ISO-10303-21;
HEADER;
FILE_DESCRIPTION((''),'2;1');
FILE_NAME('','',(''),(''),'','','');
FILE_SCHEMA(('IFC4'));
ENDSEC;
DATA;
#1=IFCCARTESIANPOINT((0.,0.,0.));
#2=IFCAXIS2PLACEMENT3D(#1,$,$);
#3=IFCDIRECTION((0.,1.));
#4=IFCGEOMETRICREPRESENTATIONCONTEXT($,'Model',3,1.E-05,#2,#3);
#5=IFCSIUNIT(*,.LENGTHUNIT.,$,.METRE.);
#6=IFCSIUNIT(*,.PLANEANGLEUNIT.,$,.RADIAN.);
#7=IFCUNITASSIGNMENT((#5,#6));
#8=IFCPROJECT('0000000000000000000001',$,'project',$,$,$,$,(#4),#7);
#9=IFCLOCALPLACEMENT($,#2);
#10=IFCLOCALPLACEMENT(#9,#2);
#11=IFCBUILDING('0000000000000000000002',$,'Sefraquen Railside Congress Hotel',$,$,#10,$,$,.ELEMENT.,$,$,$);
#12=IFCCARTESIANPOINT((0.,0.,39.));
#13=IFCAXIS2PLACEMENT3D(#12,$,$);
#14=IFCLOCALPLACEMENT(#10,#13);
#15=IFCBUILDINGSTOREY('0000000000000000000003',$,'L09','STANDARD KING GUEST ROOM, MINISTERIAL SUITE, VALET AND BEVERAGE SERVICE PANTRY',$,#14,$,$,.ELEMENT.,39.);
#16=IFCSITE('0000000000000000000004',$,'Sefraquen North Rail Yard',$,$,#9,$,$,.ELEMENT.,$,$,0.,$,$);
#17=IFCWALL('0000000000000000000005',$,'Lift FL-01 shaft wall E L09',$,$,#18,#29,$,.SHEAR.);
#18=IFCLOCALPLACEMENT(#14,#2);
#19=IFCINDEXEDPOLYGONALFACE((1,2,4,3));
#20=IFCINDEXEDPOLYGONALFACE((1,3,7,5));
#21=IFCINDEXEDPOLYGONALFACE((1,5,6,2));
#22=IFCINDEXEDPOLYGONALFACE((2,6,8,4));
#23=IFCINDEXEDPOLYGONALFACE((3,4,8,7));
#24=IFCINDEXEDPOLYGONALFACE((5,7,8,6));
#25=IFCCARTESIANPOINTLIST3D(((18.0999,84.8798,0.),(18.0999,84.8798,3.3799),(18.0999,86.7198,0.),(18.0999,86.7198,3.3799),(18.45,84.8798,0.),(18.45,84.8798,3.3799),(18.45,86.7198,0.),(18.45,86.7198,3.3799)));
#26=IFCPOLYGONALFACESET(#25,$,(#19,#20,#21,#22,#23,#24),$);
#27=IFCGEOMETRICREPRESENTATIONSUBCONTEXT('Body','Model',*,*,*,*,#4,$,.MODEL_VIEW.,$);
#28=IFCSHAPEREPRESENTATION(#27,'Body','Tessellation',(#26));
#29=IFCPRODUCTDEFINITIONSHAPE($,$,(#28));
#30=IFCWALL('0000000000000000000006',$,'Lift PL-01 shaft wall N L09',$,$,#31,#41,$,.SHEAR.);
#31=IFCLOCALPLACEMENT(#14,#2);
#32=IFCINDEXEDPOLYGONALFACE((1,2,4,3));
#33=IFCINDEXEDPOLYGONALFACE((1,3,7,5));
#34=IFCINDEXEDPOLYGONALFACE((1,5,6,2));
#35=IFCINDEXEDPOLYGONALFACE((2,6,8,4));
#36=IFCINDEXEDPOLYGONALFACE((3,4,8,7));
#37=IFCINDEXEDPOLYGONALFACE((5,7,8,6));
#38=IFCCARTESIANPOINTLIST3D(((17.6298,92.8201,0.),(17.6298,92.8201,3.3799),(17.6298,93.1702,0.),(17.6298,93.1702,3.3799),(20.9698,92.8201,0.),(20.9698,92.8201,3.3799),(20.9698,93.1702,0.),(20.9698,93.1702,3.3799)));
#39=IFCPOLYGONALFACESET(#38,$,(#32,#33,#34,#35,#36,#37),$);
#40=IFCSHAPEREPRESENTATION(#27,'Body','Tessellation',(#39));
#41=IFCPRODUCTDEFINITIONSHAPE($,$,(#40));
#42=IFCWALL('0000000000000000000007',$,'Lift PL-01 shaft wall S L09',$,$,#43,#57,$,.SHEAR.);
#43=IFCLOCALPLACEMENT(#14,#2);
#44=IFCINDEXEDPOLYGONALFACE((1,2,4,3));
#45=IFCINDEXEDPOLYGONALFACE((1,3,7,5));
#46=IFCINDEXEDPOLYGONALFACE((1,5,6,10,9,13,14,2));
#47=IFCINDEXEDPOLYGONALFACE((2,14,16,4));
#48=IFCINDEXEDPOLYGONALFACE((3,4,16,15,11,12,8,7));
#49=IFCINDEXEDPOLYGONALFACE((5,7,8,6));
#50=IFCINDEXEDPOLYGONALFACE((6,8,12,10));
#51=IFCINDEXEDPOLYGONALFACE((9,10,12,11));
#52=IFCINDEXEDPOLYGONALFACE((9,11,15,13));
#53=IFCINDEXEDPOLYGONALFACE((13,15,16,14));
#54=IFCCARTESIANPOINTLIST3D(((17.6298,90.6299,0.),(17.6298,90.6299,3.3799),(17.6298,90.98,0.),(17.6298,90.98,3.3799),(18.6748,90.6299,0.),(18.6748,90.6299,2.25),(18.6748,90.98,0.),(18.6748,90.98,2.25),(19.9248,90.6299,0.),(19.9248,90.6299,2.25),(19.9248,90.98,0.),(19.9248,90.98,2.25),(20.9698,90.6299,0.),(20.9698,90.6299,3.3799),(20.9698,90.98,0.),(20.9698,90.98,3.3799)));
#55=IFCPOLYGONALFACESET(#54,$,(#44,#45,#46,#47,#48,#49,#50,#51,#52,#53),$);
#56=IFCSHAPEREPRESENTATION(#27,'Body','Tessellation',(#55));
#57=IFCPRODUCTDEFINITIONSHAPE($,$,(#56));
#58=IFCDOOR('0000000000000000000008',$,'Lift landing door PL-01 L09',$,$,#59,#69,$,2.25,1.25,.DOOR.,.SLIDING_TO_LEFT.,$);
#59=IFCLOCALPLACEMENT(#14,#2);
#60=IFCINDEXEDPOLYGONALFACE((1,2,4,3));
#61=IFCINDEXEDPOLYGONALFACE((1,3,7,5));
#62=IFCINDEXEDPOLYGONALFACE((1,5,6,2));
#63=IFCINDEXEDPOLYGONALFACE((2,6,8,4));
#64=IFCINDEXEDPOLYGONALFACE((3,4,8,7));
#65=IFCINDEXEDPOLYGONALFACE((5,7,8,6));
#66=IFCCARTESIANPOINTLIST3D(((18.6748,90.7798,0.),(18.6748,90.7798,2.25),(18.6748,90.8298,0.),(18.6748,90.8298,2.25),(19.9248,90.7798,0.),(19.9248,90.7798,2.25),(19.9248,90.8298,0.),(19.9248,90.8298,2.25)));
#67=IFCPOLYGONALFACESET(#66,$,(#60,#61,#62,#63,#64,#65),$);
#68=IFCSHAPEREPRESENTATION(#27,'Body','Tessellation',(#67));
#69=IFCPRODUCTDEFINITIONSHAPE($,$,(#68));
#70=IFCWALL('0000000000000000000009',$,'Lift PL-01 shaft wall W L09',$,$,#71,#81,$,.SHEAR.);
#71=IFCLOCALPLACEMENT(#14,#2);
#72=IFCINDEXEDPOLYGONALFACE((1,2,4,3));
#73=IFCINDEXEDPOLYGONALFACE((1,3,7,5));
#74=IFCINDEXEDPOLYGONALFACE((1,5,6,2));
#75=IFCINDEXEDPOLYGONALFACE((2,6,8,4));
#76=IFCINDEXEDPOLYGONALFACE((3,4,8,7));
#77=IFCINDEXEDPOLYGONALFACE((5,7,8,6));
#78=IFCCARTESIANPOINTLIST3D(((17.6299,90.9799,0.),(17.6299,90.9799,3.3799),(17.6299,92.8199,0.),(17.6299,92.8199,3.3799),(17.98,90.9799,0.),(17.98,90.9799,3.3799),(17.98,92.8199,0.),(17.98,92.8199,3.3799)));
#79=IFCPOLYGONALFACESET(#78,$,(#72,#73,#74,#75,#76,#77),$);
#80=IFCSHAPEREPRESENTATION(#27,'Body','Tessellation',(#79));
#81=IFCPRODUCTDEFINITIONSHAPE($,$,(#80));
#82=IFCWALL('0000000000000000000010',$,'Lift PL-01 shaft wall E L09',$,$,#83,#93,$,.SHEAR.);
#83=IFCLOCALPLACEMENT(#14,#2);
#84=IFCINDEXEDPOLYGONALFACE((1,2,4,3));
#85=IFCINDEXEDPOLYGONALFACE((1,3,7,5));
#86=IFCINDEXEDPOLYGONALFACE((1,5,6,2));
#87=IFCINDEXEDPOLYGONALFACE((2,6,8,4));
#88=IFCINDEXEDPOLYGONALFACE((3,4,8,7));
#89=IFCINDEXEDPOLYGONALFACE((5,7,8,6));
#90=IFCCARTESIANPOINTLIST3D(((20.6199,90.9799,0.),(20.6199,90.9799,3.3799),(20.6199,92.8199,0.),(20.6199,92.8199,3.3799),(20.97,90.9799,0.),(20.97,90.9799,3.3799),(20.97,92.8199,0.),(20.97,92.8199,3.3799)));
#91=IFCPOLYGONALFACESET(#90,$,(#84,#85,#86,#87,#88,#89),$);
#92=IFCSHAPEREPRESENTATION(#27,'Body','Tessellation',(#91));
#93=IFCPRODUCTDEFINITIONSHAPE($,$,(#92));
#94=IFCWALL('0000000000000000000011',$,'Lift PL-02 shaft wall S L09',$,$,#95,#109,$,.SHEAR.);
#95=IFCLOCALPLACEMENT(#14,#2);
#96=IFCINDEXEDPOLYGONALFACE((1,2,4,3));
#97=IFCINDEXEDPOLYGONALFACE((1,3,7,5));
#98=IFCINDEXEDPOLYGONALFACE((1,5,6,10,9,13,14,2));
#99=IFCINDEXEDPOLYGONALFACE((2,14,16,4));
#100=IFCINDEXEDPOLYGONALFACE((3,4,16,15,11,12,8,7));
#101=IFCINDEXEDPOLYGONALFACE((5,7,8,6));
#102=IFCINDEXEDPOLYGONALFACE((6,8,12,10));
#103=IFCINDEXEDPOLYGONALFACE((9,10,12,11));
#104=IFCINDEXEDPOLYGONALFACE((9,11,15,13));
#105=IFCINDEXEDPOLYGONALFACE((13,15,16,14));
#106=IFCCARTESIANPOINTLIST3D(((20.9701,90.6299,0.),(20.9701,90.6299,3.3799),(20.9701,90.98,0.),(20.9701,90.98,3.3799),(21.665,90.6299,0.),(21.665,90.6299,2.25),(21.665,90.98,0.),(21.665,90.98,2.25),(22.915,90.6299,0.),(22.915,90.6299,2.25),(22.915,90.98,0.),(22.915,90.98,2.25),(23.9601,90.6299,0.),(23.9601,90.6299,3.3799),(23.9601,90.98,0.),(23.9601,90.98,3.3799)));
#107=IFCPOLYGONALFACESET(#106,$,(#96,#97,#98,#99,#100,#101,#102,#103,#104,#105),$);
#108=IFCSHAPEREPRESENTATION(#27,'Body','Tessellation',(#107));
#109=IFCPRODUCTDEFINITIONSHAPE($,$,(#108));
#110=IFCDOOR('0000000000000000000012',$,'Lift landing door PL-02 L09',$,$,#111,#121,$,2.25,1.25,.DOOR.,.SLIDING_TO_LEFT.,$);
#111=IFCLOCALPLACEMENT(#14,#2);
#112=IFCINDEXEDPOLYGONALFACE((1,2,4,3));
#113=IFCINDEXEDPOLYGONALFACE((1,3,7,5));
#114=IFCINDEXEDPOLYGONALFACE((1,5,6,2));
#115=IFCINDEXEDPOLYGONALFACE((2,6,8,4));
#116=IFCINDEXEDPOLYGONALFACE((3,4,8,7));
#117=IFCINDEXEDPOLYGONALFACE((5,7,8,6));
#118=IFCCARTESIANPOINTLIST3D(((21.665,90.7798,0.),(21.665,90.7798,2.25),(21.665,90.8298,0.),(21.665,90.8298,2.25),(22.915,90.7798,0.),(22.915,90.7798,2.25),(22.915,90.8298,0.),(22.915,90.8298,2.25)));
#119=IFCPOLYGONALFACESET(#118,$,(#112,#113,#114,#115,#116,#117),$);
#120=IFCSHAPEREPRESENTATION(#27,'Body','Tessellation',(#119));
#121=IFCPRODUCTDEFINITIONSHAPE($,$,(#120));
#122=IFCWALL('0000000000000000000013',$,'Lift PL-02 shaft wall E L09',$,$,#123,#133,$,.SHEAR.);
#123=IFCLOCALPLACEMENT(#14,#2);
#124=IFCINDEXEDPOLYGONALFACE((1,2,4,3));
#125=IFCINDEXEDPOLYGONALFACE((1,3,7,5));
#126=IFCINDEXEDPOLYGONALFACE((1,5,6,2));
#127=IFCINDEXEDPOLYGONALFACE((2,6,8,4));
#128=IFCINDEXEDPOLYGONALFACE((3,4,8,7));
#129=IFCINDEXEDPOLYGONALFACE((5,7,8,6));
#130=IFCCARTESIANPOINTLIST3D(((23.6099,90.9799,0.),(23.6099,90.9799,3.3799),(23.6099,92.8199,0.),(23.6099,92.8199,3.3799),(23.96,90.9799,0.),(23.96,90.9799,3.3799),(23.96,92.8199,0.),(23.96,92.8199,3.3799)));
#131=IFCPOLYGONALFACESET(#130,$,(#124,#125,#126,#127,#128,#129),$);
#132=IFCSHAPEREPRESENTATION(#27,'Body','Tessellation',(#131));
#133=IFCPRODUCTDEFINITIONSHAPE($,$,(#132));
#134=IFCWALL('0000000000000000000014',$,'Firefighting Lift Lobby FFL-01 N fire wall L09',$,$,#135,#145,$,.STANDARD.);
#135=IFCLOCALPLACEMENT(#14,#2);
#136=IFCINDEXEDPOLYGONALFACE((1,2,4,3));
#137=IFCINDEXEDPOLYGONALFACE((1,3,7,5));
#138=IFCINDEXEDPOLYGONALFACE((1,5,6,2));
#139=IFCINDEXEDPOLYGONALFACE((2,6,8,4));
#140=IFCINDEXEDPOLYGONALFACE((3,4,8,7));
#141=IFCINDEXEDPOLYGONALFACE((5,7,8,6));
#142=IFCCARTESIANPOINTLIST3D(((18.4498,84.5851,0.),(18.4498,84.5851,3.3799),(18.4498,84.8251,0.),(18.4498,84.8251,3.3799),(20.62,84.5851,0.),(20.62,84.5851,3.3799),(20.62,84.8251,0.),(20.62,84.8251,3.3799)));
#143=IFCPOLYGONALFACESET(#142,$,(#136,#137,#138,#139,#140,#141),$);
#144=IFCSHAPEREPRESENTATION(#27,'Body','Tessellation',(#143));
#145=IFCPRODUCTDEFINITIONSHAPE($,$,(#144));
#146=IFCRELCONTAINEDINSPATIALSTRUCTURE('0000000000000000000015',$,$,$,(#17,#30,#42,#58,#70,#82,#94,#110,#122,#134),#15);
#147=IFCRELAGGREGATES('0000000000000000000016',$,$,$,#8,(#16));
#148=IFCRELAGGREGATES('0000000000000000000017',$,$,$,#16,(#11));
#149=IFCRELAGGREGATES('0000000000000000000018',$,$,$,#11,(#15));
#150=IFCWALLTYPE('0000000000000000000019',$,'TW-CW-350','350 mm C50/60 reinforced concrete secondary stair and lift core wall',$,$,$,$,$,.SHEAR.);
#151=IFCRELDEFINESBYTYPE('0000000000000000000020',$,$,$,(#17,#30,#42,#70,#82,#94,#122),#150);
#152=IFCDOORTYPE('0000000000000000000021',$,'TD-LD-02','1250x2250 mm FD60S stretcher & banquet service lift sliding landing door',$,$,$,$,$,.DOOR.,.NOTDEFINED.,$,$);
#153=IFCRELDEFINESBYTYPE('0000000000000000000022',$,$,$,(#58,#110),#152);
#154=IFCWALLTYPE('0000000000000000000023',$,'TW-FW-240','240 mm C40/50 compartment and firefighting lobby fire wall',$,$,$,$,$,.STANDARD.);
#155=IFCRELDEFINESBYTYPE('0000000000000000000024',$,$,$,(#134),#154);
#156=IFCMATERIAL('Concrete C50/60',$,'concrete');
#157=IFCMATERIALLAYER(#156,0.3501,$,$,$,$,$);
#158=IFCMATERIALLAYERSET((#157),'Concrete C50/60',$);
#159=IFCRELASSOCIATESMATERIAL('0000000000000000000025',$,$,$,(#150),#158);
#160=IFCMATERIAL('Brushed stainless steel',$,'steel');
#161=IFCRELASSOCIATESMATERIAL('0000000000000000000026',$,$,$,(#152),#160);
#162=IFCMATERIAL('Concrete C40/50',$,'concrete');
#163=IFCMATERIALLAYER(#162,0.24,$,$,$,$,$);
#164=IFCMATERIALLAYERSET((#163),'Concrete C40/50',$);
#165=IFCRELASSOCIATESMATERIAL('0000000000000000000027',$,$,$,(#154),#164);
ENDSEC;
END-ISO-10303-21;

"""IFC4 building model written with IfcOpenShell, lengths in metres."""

from ifc_helpers import new_model, si_unit, direction, frame, frame_2d, origin, place, context, subcontext, project, spatial, rectangle, extrude, material, layer, layer_set, type_object, element, fill, save


model = new_model("IFC4")

# Units and contexts
model_context = context("Model", 3, precision=1e-05, world=origin(), true_north=direction((0.0, 1.0)))
body_context = subcontext(model_context, "Body", "Model", "MODEL_VIEW")
ifc_project = project(units=[si_unit("LENGTHUNIT", "METRE"), si_unit("PLANEANGLEUNIT", "RADIAN")], contexts=[model_context])

# Site, building, storey
site_placement = place(None, origin())
site = spatial("IfcSite", under=ifc_project, at=site_placement, Name="Sefraquen North Rail Yard", CompositionType="ELEMENT", RefElevation=0.0)
building_placement = place(site_placement, origin())
building = spatial("IfcBuilding", under=site, at=building_placement, Name="Sefraquen Railside Congress Hotel", CompositionType="ELEMENT")
storey_placement = place(building_placement, frame((0.0, 0.0, 39.0)))
storey = spatial("IfcBuildingStorey", under=building, at=storey_placement, Name="L09", Description="STANDARD KING GUEST ROOM, MINISTERIAL SUITE, VALET AND BEVERAGE SERVICE PANTRY", CompositionType="ELEMENT", Elevation=39.0)

# Shared definitions
ifc_material_1 = material(Name="Concrete C50/60", Category="concrete")
ifc_layer_1 = layer(ifc_material_1, 0.3501)
ifc_layer_set_1 = layer_set([ifc_layer_1], Name="Concrete C50/60")
wall_type_1 = type_object("IfcWallType", Name="TW-CW-350", Description="350 mm C50/60 reinforced concrete secondary stair and lift core wall", PredefinedType="SHEAR", material=ifc_layer_set_1)

# Walls
wall_1_placement = place(storey_placement, frame((18.2749, 84.8799, 0.0), z_axis=(0.0, 0.0, 1.0), x_axis=(0.0, 1.0, 0.0)))
element("IfcWall", 1, at=wall_1_placement, inside=storey, type_object=wall_type_1, Name="Lift FL-01 shaft wall E L09", PredefinedType="SHEAR", context=body_context, shape_type="SweptSolid", body=[
    extrude(rectangle(XDim=1.8401, YDim=0.3501, at=frame_2d((0.9199, 0.0))), origin(), (0.0, 0.0, 1.0), 3.3799),
])
wall_2_placement = place(storey_placement, frame((17.6299, 92.9951, 0.0), z_axis=(0.0, 0.0, 1.0), x_axis=(1.0, 0.0, 0.0)))
element("IfcWall", 2, at=wall_2_placement, inside=storey, type_object=wall_type_1, Name="Lift PL-01 shaft wall N L09", PredefinedType="SHEAR", context=body_context, shape_type="SweptSolid", body=[
    extrude(rectangle(XDim=3.3401, YDim=0.3501, at=frame_2d((1.6699, 0.0))), origin(), (0.0, 0.0, 1.0), 3.3799),
])

# Wall, opening, door
wall_3_placement = place(storey_placement, frame((17.6299, 90.8049, 0.0), z_axis=(0.0, 0.0, 1.0), x_axis=(1.0, 0.0, 0.0)))
wall_3 = element("IfcWall", 3, at=wall_3_placement, inside=storey, type_object=wall_type_1, Name="Lift PL-01 shaft wall S L09", PredefinedType="SHEAR", context=body_context, shape_type="SweptSolid", body=[
    extrude(rectangle(XDim=3.3401, YDim=0.3501, at=frame_2d((1.6699, 0.0))), origin(), (0.0, 0.0, 1.0), 3.3799),
])
opening_1_placement = place(wall_3_placement, frame((1.0449, 0.0, 0.0)))
opening_1 = element("IfcOpeningElement", 4, at=opening_1_placement, cuts=wall_3, PredefinedType="OPENING", context=body_context, shape_type="SweptSolid", body=[
    extrude(rectangle(XDim=1.25, YDim=2.25, at=frame_2d((0.625, 1.125))), frame((0.0, 0.1851, 0.0), z_axis=(0.0, -1.0, 0.0), x_axis=(1.0, 0.0, 0.0)), (0.0, 0.0, 1.0), 0.3701),
])
ifc_material_2 = material(Name="Brushed stainless steel", Category="steel")
door_type_1 = type_object("IfcDoorType", Name="TD-LD-02", Description="1250x2250 mm FD60S stretcher & banquet service lift sliding landing door", OperationType="NOTDEFINED", PredefinedType="DOOR", material=ifc_material_2)
door_1_placement = place(opening_1_placement, origin())
door_1 = element("IfcDoor", 5, at=door_1_placement, inside=storey, type_object=door_type_1, Name="Lift landing door PL-01 L09", OperationType="SLIDING_TO_LEFT", OverallHeight=2.25, OverallWidth=1.25, PredefinedType="DOOR", context=body_context, shape_type="SweptSolid", body=[
    extrude(rectangle(XDim=1.25, YDim=2.25, at=frame_2d((0.625, 1.125))), frame((0.0, 0.0249, 0.0), z_axis=(0.0, -1.0, 0.0), x_axis=(1.0, 0.0, 0.0)), (0.0, 0.0, 1.0), 0.05),
])
fill(opening_1, door_1)

# Walls
for number, where, z_axis, x_axis, name in (
    (6, (17.8049, 90.98, 0.0), (0.0, 0.0, 1.0), (0.0, 1.0, 0.0), "Lift PL-01 shaft wall W L09"),
    (7, (20.7949, 90.98, 0.0), (0.0, 0.0, 1.0), (0.0, 1.0, 0.0), "Lift PL-01 shaft wall E L09"),
):
    element("IfcWall", number, at=place(storey_placement, frame(where, z_axis=z_axis, x_axis=x_axis)), inside=storey, type_object=wall_type_1, Name=name, PredefinedType="SHEAR", context=body_context, shape_type="SweptSolid", body=[
        extrude(rectangle(XDim=1.8401, YDim=0.3501, at=frame_2d((0.9199, 0.0))), origin(), (0.0, 0.0, 1.0), 3.3799),
    ])

# Wall, opening, door
wall_4_placement = place(storey_placement, frame((20.97, 90.8049, 0.0), z_axis=(0.0, 0.0, 1.0), x_axis=(1.0, 0.0, 0.0)))
wall_4 = element("IfcWall", 8, at=wall_4_placement, inside=storey, type_object=wall_type_1, Name="Lift PL-02 shaft wall S L09", PredefinedType="SHEAR", context=body_context, shape_type="SweptSolid", body=[
    extrude(rectangle(XDim=2.99, YDim=0.3501, at=frame_2d((1.4951, 0.0))), origin(), (0.0, 0.0, 1.0), 3.3799),
])
opening_2_placement = place(wall_4_placement, frame((0.6951, 0.0, 0.0)))
opening_2 = element("IfcOpeningElement", 9, at=opening_2_placement, cuts=wall_4, PredefinedType="OPENING", context=body_context, shape_type="SweptSolid", body=[
    extrude(rectangle(XDim=1.25, YDim=2.25, at=frame_2d((0.625, 1.125))), frame((0.0, 0.1851, 0.0), z_axis=(0.0, -1.0, 0.0), x_axis=(1.0, 0.0, 0.0)), (0.0, 0.0, 1.0), 0.3701),
])
door_2_placement = place(opening_2_placement, origin())
door_2 = element("IfcDoor", 10, at=door_2_placement, inside=storey, type_object=door_type_1, Name="Lift landing door PL-02 L09", OperationType="SLIDING_TO_LEFT", OverallHeight=2.25, OverallWidth=1.25, PredefinedType="DOOR", context=body_context, shape_type="SweptSolid", body=[
    extrude(rectangle(XDim=1.25, YDim=2.25, at=frame_2d((0.625, 1.125))), frame((0.0, 0.0249, 0.0), z_axis=(0.0, -1.0, 0.0), x_axis=(1.0, 0.0, 0.0)), (0.0, 0.0, 1.0), 0.05),
])
fill(opening_2, door_2)

# Walls
wall_5_placement = place(storey_placement, frame((23.7849, 90.98, 0.0), z_axis=(0.0, 0.0, 1.0), x_axis=(0.0, 1.0, 0.0)))
element("IfcWall", 11, at=wall_5_placement, inside=storey, type_object=wall_type_1, Name="Lift PL-02 shaft wall E L09", PredefinedType="SHEAR", context=body_context, shape_type="SweptSolid", body=[
    extrude(rectangle(XDim=1.8401, YDim=0.3501, at=frame_2d((0.9199, 0.0))), origin(), (0.0, 0.0, 1.0), 3.3799),
])
ifc_material_3 = material(Name="Concrete C40/50", Category="concrete")
ifc_layer_2 = layer(ifc_material_3, 0.24)
ifc_layer_set_2 = layer_set([ifc_layer_2], Name="Concrete C40/50")
wall_type_2 = type_object("IfcWallType", Name="TW-FW-240", Description="240 mm C40/50 compartment and firefighting lobby fire wall", PredefinedType="STANDARD", material=ifc_layer_set_2)
wall_6_placement = place(storey_placement, frame((18.45, 84.7051, 0.0), z_axis=(0.0, 0.0, 1.0), x_axis=(1.0, 0.0, 0.0)))
element("IfcWall", 12, at=wall_6_placement, inside=storey, type_object=wall_type_2, Name="Firefighting Lift Lobby FFL-01 N fire wall L09", PredefinedType="STANDARD", context=body_context, shape_type="SweptSolid", body=[
    extrude(rectangle(XDim=2.1702, YDim=0.24, at=frame_2d((1.085, 0.0))), origin(), (0.0, 0.0, 1.0), 3.3799),
])

save(model, "model.ifc")
